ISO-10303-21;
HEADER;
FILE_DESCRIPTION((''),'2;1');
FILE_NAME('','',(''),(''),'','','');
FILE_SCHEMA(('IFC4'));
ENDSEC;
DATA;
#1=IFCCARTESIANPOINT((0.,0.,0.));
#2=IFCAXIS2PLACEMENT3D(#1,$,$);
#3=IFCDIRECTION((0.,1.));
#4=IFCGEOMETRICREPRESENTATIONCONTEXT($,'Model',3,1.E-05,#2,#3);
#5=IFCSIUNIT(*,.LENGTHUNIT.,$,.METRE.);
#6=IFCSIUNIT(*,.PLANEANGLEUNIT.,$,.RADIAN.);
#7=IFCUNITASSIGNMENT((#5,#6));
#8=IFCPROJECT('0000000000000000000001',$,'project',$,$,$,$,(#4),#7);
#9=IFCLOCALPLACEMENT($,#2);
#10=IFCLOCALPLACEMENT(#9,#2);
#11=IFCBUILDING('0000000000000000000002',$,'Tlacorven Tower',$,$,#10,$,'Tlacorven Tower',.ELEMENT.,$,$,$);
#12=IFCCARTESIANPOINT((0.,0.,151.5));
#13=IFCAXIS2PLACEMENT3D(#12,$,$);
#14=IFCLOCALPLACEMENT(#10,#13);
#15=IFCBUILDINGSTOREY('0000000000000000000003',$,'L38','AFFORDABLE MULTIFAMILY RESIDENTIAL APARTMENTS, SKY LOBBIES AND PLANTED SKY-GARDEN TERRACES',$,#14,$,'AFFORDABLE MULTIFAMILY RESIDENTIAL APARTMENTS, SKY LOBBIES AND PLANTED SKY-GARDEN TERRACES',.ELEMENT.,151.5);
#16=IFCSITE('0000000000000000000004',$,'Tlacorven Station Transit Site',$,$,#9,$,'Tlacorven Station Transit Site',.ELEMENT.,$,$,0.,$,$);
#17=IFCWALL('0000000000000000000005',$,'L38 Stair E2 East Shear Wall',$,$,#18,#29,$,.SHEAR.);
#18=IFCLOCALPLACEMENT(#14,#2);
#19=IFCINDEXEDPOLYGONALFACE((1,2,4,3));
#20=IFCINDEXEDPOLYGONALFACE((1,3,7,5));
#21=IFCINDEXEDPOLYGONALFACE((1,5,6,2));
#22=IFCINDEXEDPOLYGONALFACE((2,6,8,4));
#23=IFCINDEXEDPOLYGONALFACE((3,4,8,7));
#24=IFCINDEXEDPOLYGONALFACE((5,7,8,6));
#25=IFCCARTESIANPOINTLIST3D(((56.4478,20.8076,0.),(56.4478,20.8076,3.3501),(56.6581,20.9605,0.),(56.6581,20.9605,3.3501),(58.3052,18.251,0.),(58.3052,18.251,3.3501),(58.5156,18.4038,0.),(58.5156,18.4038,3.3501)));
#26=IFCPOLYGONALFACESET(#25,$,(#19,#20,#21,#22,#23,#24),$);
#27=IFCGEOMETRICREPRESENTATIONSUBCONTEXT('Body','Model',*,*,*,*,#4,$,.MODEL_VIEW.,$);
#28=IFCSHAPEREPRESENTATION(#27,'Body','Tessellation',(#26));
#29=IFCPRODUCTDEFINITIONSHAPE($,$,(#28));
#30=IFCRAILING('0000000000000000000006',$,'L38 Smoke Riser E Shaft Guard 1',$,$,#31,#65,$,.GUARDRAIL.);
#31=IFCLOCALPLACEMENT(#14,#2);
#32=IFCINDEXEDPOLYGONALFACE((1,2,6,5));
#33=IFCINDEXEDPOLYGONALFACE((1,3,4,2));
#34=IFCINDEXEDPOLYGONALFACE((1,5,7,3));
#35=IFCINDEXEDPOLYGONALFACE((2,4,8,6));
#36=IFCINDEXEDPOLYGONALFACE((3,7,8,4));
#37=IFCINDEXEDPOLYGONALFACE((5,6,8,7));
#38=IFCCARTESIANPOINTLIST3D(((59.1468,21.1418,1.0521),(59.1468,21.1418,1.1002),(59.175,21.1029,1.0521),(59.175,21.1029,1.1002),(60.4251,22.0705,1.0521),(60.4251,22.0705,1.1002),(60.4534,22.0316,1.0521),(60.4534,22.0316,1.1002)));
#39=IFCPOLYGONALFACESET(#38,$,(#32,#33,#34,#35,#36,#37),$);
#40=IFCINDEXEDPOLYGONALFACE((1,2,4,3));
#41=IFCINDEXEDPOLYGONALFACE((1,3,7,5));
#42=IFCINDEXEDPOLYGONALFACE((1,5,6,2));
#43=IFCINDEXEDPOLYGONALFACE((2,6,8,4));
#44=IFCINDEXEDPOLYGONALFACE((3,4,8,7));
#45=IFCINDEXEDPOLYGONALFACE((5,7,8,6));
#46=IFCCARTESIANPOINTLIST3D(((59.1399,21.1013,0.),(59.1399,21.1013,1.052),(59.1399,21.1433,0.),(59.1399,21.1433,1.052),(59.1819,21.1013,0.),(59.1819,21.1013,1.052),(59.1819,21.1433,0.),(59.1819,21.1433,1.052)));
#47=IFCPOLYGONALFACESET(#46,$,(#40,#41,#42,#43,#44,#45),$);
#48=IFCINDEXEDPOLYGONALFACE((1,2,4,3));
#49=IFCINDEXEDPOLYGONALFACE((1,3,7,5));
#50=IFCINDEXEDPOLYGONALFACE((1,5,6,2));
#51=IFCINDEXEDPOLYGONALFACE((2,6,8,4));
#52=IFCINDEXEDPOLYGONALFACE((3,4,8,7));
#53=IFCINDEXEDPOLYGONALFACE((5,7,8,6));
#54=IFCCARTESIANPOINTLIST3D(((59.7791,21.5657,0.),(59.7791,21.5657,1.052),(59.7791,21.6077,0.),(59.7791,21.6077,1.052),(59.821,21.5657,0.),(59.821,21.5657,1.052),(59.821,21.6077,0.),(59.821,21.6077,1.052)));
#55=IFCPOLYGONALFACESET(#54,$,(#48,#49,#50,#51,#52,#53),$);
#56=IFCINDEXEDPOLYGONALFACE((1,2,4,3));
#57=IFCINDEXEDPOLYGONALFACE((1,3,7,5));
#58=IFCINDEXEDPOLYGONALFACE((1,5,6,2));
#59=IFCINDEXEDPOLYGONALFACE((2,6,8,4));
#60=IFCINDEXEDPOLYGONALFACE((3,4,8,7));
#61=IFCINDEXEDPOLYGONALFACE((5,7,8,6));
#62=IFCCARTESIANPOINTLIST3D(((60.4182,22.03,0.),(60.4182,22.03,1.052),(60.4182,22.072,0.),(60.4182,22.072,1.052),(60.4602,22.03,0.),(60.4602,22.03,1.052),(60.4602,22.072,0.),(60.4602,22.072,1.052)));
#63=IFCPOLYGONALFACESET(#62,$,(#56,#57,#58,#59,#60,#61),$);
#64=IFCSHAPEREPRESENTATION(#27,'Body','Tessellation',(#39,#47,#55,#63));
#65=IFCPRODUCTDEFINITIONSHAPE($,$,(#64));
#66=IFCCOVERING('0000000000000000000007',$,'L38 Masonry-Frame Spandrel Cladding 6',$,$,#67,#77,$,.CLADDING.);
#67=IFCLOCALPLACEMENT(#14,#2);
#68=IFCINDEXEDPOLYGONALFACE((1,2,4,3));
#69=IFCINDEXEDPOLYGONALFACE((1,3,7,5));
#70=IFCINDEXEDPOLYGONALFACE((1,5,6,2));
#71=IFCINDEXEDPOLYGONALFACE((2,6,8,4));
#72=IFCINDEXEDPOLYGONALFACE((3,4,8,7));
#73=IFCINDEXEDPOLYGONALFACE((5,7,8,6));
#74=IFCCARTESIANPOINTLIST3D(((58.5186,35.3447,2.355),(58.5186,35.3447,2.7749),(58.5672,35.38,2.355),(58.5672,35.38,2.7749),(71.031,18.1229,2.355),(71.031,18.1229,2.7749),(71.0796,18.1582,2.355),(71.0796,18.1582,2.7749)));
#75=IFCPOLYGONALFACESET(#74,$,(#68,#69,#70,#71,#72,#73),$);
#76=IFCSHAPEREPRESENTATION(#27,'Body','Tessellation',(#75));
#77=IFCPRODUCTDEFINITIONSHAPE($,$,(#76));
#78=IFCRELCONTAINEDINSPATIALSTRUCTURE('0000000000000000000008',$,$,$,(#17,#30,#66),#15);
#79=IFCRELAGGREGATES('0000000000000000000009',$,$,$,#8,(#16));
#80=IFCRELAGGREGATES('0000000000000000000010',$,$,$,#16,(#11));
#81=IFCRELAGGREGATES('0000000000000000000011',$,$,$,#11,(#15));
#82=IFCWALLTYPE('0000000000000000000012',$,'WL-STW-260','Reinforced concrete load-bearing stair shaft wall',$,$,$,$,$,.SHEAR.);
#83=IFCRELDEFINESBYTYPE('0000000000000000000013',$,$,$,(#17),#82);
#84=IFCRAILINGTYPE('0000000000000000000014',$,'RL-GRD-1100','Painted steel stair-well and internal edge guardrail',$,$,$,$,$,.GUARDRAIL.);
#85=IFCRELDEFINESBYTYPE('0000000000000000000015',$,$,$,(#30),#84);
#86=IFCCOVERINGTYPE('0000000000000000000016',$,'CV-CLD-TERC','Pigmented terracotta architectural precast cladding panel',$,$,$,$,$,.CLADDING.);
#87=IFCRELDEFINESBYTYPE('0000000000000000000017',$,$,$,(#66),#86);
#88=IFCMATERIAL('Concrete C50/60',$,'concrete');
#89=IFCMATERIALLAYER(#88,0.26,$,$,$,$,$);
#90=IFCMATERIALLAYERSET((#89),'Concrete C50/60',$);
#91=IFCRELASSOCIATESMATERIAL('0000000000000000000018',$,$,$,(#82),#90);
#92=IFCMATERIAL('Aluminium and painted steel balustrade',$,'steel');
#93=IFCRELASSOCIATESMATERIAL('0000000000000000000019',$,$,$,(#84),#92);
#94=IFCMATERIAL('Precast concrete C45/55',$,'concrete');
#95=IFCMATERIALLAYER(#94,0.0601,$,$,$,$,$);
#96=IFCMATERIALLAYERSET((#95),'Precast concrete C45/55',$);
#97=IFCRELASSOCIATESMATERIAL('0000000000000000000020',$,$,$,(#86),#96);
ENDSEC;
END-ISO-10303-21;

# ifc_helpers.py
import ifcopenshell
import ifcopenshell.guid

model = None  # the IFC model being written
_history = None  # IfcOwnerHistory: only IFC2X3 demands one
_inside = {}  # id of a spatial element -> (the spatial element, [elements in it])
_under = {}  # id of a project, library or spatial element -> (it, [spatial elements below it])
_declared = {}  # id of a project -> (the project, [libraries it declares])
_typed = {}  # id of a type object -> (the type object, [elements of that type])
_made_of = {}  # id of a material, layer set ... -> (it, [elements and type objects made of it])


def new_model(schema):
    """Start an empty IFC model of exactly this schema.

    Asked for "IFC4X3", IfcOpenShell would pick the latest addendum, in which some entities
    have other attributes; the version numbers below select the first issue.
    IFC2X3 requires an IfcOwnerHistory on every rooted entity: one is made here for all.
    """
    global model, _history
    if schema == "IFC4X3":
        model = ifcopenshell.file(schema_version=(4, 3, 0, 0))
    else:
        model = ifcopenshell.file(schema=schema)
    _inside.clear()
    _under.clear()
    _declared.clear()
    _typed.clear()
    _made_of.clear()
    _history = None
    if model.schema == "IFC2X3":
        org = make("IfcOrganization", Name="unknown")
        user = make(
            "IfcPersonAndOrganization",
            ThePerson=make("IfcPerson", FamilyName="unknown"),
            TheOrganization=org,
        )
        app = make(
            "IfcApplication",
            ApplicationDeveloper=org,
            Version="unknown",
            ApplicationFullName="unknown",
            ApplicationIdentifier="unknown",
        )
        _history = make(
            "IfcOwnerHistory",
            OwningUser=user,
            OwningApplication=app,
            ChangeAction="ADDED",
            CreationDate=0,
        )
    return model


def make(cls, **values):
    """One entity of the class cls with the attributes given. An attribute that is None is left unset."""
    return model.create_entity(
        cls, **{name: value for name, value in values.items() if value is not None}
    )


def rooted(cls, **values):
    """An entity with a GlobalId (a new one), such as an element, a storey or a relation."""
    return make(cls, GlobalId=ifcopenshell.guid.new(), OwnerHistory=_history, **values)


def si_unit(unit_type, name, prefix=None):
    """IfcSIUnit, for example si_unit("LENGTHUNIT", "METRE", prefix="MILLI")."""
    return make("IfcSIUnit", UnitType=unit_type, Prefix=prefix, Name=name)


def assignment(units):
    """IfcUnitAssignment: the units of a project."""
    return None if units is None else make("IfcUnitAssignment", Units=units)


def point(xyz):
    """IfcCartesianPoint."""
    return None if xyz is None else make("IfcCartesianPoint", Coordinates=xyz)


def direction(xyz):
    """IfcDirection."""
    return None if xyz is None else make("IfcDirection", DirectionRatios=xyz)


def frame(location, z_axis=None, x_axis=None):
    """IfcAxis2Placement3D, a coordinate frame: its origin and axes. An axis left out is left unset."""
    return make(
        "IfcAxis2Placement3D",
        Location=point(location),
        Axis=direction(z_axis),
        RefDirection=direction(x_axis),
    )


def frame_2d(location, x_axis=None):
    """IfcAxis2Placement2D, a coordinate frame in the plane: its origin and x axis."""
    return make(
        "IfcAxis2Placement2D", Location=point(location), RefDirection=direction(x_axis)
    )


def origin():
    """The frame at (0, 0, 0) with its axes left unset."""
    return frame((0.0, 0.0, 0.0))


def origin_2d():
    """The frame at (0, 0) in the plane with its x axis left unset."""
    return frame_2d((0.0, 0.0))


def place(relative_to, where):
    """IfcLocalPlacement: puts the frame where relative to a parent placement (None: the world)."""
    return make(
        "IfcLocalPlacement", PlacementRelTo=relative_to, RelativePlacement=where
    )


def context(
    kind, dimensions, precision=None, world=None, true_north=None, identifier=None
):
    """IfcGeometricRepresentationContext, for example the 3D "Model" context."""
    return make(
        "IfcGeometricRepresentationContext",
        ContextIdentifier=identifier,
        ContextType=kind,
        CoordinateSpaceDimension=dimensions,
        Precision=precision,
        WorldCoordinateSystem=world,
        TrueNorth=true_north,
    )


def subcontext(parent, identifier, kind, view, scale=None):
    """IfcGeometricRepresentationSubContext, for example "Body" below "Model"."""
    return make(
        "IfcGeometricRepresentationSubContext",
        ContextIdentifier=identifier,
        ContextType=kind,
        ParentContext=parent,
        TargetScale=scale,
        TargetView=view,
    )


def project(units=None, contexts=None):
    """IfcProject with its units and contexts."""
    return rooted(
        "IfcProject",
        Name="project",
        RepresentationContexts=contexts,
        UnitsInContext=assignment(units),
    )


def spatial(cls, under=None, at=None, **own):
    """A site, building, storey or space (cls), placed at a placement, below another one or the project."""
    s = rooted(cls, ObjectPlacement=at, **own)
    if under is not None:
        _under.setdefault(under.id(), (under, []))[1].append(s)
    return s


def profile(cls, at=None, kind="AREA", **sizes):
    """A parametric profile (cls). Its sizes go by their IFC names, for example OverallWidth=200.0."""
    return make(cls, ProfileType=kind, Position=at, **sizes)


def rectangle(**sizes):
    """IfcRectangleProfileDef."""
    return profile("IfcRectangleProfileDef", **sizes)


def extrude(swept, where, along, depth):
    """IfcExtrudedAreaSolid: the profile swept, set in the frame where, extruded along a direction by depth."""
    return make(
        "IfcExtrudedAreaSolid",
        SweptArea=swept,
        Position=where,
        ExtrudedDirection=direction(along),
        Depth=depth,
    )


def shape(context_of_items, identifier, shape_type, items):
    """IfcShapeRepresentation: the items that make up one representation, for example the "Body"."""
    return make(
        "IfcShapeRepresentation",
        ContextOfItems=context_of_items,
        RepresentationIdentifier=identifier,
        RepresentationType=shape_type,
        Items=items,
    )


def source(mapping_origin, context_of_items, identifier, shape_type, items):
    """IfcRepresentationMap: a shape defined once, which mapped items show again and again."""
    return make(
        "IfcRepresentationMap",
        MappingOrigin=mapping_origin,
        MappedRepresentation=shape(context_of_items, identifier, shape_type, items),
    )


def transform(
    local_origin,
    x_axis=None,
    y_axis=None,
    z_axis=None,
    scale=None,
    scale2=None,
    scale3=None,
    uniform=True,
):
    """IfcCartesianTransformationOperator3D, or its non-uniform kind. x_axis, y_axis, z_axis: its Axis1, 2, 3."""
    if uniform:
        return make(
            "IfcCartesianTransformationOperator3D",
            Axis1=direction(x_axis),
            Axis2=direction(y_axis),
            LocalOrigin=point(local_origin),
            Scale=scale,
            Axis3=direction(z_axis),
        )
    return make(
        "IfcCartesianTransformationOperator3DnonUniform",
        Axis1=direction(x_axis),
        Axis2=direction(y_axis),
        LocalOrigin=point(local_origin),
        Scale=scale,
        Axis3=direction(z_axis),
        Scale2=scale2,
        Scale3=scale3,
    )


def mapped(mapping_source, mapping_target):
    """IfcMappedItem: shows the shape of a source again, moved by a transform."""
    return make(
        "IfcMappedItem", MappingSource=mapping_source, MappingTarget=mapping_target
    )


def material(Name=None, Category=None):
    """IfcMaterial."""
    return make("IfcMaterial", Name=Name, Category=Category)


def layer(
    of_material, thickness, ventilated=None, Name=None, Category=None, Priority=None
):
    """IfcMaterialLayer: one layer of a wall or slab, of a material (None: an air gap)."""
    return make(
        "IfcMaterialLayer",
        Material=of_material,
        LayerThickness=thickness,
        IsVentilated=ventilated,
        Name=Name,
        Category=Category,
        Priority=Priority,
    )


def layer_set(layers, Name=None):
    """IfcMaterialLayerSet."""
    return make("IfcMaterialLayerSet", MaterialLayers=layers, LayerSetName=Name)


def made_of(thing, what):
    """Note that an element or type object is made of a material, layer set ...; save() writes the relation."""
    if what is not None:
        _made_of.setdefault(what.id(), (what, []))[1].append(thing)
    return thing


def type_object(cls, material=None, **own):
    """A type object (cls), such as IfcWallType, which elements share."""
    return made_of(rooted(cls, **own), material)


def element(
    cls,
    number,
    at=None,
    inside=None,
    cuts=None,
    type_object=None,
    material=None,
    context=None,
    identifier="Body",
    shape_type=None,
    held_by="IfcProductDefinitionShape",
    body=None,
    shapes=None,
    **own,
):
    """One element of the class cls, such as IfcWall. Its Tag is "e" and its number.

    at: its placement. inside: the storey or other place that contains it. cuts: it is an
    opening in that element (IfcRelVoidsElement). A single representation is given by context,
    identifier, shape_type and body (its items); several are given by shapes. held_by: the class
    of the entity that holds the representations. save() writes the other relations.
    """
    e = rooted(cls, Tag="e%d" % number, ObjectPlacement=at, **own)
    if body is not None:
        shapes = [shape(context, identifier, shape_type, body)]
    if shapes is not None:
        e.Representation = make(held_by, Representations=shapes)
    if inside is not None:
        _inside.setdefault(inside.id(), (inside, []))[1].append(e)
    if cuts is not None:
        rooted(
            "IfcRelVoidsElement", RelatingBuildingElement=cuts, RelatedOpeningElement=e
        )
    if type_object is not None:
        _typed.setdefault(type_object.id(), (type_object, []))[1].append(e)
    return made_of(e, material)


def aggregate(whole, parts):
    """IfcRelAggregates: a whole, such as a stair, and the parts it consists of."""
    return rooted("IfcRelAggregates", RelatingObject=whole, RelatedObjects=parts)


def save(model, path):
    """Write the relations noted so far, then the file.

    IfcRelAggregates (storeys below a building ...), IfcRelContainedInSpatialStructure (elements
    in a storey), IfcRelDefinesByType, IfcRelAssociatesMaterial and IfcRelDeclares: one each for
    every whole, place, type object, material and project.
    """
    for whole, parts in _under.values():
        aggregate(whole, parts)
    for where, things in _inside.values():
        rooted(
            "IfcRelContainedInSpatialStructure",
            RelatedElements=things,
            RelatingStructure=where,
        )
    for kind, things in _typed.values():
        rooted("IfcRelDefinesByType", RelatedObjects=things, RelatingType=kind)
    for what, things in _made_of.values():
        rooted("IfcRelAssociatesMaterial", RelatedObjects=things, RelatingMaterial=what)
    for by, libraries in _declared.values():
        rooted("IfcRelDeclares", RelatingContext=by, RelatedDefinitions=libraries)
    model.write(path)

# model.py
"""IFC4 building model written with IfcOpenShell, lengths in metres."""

from ifc_helpers import new_model, si_unit, direction, frame, frame_2d, origin, origin_2d, place, context, subcontext, project, spatial, rectangle, extrude, source, transform, mapped, material, layer, layer_set, type_object, element, save


model = new_model("IFC4")

# Units and contexts
model_context = context("Model", 3, precision=1e-05, world=origin(), true_north=direction((0.0, 1.0)))
body_context = subcontext(model_context, "Body", "Model", "MODEL_VIEW")
ifc_project = project(units=[si_unit("LENGTHUNIT", "METRE"), si_unit("PLANEANGLEUNIT", "RADIAN")], contexts=[model_context])

# Site, building, storey
site_placement = place(None, origin())
site = spatial("IfcSite", under=ifc_project, at=site_placement, Name="Tlacorven Station Transit Site", LongName="Tlacorven Station Transit Site", CompositionType="ELEMENT", RefElevation=0.0)
building_placement = place(site_placement, origin())
building = spatial("IfcBuilding", under=site, at=building_placement, Name="Tlacorven Tower", LongName="Tlacorven Tower", CompositionType="ELEMENT")
storey_placement = place(building_placement, frame((0.0, 0.0, 151.5)))
storey = spatial("IfcBuildingStorey", under=building, at=storey_placement, Name="L38", Description="AFFORDABLE MULTIFAMILY RESIDENTIAL APARTMENTS, SKY LOBBIES AND PLANTED SKY-GARDEN TERRACES", LongName="AFFORDABLE MULTIFAMILY RESIDENTIAL APARTMENTS, SKY LOBBIES AND PLANTED SKY-GARDEN TERRACES", CompositionType="ELEMENT", Elevation=151.5)

# Shared definitions
ifc_material_1 = material(Name="Precast concrete C45/55", Category="concrete")

# Wall
ifc_material_2 = material(Name="Concrete C50/60", Category="concrete")
ifc_layer_1 = layer(ifc_material_2, 0.26)
ifc_layer_set_1 = layer_set([ifc_layer_1], Name="Concrete C50/60")
wall_type_1 = type_object("IfcWallType", Name="WL-STW-260", Description="Reinforced concrete load-bearing stair shaft wall", PredefinedType="SHEAR", material=ifc_layer_set_1)
wall_1_placement = place(storey_placement, frame((58.4104, 18.3274, 0.0), z_axis=(0.0, 0.0, 1.0), x_axis=(-0.587767, 0.80903, 0.0)))
element("IfcWall", 1, at=wall_1_placement, inside=storey, type_object=wall_type_1, Name="L38 Stair E2 East Shear Wall", PredefinedType="SHEAR", context=body_context, shape_type="SweptSolid", body=[
    extrude(rectangle(XDim=3.1602, YDim=0.26, at=frame_2d((1.5801, 0.0))), origin(), (0.0, 0.0, 1.0), 3.3501),
])

# Railing
ifc_material_3 = material(Name="Aluminium and painted steel balustrade", Category="steel")
railing_type = type_object("IfcRailingType", Name="RL-GRD-1100", Description="Painted steel stair-well and internal edge guardrail", PredefinedType="GUARDRAIL", material=ifc_material_3)
shared_shape_1 = source(origin(), body_context, "Body", "SweptSolid", [
    extrude(rectangle(XDim=0.0481, YDim=0.0481, at=origin_2d()), frame((0.0, 0.0, 1.0762), z_axis=(0.80903, 0.587767, 0.0), x_axis=(-0.587767, 0.80903, 0.0)), (0.0, 0.0, 1.0), 1.5801),
    extrude(rectangle(XDim=0.042, YDim=0.042, at=origin_2d()), origin(), (0.0, 0.0, 1.0), 1.052),
    extrude(rectangle(XDim=0.042, YDim=0.042, at=origin_2d()), frame((0.6392, 0.4644, 0.0)), (0.0, 0.0, 1.0), 1.052),
    extrude(rectangle(XDim=0.042, YDim=0.042, at=origin_2d()), frame((1.2783, 0.9287, 0.0)), (0.0, 0.0, 1.0), 1.052),
])
railing_placement = place(storey_placement, frame((59.1609, 21.1223, 0.0)))
element("IfcRailing", 2, at=railing_placement, inside=storey, type_object=railing_type, Name="L38 Smoke Riser E Shaft Guard 1", PredefinedType="GUARDRAIL", context=body_context, shape_type="MappedRepresentation", body=[
    mapped(shared_shape_1, transform((0.0, 0.0, 0.0), scale=1.0)),
])

# Covering
ifc_layer_2 = layer(ifc_material_1, 0.0601)
ifc_layer_set_2 = layer_set([ifc_layer_2], Name="Precast concrete C45/55")
covering_type = type_object("IfcCoveringType", Name="CV-CLD-TERC", Description="Pigmented terracotta architectural precast cladding panel", PredefinedType="CLADDING", material=ifc_layer_set_2)
shared_shape_2 = source(origin(), body_context, "Body", "SweptSolid", [
    extrude(rectangle(XDim=21.2874, YDim=0.0601, at=origin_2d()), origin(), (0.0, 0.0, 1.0), 0.4199),
])
covering_placement = place(storey_placement, frame((64.7991, 26.7515, 2.355), z_axis=(0.0, 0.0, 1.0), x_axis=(0.587785, -0.809017, 0.0)))
element("IfcCovering", 3, at=covering_placement, inside=storey, type_object=covering_type, Name="L38 Masonry-Frame Spandrel Cladding 6", PredefinedType="CLADDING", context=body_context, shape_type="MappedRepresentation", body=[
    mapped(shared_shape_2, transform((0.0, 0.0, 0.0), scale=1.0)),
])

save(model, "model.ifc")
